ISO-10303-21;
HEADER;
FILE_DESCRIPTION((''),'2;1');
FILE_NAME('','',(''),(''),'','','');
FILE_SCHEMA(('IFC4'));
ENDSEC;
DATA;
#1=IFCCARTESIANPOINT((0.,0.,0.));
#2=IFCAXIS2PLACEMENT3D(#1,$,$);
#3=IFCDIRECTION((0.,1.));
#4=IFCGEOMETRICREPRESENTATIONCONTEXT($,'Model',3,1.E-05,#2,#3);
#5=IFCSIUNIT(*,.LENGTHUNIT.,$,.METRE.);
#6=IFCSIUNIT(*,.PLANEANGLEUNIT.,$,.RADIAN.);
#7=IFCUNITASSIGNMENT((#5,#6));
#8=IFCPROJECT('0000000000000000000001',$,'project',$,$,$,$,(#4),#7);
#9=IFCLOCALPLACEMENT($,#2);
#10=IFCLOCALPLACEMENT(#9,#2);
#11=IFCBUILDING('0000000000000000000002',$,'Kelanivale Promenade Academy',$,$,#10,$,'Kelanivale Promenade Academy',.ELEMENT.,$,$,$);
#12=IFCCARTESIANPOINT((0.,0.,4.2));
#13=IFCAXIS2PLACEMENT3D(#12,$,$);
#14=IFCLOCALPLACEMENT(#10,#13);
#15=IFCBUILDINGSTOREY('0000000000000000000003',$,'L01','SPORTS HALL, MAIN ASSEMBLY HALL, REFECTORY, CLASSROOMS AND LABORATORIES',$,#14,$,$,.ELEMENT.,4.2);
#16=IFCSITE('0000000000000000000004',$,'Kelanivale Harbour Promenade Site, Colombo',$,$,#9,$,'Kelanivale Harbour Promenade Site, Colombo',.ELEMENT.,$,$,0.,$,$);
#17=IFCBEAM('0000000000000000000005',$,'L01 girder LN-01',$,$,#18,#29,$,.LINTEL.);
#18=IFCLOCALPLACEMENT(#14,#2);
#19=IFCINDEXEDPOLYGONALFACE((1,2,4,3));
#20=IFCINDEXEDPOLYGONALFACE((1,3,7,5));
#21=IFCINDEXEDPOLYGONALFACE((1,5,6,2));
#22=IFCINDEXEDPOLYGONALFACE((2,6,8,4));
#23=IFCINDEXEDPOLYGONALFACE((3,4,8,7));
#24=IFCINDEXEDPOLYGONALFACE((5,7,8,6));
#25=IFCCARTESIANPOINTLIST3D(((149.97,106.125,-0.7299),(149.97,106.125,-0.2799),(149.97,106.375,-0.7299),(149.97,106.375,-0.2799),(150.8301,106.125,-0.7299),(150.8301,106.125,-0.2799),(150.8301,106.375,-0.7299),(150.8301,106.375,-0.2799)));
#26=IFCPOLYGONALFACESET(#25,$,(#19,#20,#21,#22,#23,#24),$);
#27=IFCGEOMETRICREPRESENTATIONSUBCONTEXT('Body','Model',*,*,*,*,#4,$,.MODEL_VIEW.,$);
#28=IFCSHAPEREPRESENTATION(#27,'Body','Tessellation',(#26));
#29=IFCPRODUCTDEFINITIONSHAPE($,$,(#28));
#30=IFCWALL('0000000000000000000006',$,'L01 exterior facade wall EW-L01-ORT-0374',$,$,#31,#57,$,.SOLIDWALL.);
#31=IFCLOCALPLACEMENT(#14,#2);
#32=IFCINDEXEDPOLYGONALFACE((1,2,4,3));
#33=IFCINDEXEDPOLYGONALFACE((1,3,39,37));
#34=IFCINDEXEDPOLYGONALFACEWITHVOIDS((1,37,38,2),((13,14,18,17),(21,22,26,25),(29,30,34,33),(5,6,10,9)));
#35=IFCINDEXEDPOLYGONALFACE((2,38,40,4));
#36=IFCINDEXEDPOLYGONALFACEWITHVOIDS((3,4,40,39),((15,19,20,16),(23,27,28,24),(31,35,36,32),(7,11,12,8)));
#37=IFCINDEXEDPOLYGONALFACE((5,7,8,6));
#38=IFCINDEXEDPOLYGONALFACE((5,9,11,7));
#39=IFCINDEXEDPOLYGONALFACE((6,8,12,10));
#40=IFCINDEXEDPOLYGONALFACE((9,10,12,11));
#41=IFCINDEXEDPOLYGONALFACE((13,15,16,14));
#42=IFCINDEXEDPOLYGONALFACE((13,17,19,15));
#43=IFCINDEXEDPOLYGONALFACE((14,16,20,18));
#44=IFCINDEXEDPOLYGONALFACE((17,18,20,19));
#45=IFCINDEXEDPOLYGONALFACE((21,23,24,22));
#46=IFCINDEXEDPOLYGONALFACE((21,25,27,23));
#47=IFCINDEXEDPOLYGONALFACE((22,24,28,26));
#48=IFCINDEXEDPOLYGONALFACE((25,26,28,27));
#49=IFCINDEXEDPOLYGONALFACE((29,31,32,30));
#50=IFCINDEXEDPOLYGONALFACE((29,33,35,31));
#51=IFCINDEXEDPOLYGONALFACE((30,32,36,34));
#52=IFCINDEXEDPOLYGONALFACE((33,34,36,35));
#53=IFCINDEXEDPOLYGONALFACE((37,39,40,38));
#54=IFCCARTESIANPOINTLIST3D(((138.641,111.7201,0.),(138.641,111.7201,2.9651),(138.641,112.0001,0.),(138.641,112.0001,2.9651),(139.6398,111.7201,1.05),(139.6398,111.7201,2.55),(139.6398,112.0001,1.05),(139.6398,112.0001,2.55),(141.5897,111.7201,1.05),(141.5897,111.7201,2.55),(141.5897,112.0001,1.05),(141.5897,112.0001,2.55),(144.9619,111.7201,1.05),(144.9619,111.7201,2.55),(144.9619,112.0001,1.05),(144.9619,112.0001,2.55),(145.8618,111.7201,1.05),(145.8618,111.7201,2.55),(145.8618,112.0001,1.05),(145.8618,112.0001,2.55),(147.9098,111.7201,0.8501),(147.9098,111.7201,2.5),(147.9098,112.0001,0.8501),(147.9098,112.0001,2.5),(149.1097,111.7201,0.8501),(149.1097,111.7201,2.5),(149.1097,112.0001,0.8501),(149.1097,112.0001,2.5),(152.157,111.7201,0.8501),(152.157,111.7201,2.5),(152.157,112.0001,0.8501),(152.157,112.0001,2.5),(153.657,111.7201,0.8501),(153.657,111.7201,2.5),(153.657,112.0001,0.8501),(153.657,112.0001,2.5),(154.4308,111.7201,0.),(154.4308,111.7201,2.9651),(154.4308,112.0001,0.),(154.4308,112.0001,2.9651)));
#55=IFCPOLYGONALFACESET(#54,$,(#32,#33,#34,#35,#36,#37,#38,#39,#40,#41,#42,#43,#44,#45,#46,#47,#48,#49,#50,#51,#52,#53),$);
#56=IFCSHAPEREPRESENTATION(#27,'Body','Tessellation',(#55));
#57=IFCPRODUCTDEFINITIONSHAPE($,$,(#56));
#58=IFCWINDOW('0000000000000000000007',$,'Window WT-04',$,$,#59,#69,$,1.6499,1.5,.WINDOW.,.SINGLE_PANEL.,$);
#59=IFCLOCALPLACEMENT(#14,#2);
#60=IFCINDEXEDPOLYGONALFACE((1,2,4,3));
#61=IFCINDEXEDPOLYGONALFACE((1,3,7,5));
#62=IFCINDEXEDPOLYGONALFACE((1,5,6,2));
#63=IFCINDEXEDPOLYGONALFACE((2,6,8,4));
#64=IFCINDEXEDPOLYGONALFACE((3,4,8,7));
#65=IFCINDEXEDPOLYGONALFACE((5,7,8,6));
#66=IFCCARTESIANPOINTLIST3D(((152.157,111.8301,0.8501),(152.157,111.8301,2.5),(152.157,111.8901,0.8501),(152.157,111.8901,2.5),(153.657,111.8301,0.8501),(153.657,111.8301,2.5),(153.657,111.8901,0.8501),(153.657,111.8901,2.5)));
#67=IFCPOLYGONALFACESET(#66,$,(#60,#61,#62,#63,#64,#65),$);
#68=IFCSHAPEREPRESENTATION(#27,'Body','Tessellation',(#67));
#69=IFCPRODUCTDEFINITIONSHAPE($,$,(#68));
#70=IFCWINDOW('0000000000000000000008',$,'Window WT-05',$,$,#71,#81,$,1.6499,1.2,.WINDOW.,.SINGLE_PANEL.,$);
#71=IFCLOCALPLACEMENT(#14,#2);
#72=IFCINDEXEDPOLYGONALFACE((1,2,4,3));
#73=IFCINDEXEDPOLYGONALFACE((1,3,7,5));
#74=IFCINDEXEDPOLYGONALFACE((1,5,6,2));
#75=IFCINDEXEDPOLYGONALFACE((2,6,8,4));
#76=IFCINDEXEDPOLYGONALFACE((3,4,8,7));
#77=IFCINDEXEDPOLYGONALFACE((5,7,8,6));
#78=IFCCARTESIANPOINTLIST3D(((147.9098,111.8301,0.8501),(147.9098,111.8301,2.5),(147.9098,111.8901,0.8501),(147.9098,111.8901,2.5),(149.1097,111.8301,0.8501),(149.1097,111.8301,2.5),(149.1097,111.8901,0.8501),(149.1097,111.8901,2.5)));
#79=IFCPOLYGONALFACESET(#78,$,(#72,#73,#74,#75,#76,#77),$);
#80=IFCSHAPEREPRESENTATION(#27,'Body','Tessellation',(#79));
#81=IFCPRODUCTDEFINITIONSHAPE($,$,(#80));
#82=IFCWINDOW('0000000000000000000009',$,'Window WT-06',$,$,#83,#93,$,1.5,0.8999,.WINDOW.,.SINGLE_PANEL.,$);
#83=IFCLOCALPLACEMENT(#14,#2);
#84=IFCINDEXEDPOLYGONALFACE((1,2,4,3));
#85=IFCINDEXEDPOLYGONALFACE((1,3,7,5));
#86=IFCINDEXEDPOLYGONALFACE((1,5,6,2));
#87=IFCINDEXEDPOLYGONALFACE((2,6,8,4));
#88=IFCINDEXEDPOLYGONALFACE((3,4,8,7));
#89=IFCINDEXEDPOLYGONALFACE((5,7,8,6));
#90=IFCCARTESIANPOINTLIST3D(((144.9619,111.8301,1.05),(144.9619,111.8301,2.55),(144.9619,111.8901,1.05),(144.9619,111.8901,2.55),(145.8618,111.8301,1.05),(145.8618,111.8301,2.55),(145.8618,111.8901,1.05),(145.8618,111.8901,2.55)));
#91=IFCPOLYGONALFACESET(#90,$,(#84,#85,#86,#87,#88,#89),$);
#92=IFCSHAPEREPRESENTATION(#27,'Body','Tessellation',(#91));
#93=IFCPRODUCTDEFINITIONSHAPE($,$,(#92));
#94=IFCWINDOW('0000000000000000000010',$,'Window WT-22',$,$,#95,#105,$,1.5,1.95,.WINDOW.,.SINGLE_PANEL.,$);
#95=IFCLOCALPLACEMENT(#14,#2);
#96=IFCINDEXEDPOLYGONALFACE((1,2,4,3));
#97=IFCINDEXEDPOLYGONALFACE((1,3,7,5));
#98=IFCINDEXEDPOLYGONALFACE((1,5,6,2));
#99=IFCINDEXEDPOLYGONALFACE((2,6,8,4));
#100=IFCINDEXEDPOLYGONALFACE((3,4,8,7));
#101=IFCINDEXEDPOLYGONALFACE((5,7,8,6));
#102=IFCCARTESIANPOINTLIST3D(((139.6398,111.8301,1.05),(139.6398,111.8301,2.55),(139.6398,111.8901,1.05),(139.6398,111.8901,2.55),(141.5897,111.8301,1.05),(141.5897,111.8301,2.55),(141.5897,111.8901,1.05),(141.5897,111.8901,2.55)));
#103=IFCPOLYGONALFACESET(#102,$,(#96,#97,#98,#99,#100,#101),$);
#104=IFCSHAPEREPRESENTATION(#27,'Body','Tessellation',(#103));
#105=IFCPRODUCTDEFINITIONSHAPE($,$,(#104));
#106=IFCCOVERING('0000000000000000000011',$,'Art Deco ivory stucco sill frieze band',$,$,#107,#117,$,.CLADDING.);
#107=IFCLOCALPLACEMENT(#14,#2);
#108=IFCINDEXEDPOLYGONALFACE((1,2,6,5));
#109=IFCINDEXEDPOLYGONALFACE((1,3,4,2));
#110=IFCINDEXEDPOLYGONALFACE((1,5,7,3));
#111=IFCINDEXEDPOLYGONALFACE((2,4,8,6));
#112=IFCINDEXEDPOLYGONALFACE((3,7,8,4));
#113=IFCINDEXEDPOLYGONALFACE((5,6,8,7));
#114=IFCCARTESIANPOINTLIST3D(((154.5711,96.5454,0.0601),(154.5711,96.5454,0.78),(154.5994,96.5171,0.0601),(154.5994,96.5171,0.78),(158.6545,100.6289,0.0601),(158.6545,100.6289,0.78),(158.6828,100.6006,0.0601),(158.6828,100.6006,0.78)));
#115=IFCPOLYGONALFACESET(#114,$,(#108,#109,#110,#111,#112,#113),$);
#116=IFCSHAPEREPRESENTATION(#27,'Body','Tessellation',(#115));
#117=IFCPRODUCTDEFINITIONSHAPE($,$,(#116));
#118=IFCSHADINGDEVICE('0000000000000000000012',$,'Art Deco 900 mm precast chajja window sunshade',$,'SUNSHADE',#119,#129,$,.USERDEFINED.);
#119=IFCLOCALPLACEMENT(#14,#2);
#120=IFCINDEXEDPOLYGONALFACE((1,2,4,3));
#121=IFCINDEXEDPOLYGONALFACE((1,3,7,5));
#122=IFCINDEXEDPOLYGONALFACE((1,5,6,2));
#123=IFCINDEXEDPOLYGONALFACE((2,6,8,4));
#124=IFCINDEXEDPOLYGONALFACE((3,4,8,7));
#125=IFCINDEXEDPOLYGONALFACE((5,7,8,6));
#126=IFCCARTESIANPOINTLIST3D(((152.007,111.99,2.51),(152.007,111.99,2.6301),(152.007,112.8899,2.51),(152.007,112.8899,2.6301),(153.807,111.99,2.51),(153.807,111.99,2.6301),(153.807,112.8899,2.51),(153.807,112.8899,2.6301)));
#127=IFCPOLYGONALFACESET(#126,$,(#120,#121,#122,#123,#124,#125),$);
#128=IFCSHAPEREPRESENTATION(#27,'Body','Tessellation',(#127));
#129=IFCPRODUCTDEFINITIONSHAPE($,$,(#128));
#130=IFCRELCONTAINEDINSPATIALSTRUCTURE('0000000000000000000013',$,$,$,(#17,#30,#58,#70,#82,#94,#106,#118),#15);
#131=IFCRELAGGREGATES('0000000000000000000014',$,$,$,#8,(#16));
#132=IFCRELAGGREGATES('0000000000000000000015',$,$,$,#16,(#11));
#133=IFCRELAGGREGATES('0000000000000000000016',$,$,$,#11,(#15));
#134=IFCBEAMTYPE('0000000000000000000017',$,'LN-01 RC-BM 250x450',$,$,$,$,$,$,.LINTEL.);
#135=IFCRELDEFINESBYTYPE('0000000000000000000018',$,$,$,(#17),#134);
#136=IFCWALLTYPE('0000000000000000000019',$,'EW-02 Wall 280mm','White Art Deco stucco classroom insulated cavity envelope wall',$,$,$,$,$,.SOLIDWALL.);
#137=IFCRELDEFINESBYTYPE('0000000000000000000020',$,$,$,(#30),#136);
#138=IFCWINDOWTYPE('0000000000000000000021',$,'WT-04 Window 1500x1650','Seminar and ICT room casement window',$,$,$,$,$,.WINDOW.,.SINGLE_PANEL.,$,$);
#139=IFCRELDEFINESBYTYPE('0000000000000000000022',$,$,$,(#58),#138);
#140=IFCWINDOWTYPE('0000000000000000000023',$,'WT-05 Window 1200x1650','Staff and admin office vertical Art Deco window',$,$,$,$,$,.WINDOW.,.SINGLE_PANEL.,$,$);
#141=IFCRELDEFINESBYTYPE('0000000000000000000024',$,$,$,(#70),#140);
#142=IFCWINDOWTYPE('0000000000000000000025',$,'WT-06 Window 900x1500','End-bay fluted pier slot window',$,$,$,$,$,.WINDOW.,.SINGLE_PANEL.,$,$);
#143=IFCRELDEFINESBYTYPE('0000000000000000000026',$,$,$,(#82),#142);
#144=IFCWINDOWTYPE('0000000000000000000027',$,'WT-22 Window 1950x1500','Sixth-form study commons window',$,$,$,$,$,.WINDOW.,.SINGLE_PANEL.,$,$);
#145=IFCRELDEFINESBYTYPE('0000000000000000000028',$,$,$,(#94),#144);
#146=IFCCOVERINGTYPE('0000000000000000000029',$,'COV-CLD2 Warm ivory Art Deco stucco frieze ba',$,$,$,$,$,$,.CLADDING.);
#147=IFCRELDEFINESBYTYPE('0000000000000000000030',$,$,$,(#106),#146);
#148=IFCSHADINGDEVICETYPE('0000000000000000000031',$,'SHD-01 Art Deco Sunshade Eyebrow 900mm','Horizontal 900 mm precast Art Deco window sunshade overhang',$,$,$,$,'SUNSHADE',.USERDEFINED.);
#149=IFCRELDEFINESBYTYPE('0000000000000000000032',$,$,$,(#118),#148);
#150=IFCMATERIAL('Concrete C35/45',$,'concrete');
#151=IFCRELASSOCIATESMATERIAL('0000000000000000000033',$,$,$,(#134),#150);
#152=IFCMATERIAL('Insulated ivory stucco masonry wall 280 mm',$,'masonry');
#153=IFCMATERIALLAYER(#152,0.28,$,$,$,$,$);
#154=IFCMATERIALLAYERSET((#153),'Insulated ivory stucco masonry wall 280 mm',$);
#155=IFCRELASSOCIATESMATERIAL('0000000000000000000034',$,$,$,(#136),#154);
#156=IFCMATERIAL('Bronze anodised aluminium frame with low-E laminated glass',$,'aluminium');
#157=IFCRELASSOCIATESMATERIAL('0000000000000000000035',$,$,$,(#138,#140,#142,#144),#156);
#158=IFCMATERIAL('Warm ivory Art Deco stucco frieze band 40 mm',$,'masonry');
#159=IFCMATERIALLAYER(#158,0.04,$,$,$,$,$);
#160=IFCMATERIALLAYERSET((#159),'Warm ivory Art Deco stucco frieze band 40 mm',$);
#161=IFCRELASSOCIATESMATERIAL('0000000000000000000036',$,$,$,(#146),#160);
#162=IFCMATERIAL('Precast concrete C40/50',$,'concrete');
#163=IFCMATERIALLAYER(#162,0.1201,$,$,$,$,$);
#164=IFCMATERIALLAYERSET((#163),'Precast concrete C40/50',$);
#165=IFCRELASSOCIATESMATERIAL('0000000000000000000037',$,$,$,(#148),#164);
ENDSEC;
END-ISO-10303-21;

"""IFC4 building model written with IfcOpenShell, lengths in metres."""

from ifc_helpers import new_model, si_unit, direction, frame, frame_2d, origin, origin_2d, place, context, subcontext, project, spatial, rectangle, extrude, material, layer, layer_set, material_profile, profile_set, type_object, element, fill, save


model = new_model("IFC4")

# Units and contexts
model_context = context("Model", 3, precision=1e-05, world=origin(), true_north=direction((0.0, 1.0)))
body_context = subcontext(model_context, "Body", "Model", "MODEL_VIEW")
ifc_project = project(units=[si_unit("LENGTHUNIT", "METRE"), si_unit("PLANEANGLEUNIT", "RADIAN")], contexts=[model_context])

# Site, building, storey
site_placement = place(None, origin())
site = spatial("IfcSite", under=ifc_project, at=site_placement, Name="Kelanivale Harbour Promenade Site, Colombo", LongName="Kelanivale Harbour Promenade Site, Colombo", CompositionType="ELEMENT", RefElevation=0.0)
building_placement = place(site_placement, origin())
building = spatial("IfcBuilding", under=site, at=building_placement, Name="Kelanivale Promenade Academy", LongName="Kelanivale Promenade Academy", CompositionType="ELEMENT")
storey_placement = place(building_placement, frame((0.0, 0.0, 4.2)))
storey = spatial("IfcBuildingStorey", under=building, at=storey_placement, Name="L01", Description="SPORTS HALL, MAIN ASSEMBLY HALL, REFECTORY, CLASSROOMS AND LABORATORIES", CompositionType="ELEMENT", Elevation=4.2)

# Beam
ifc_material_1 = material(Name="Concrete C35/45", Category="concrete")
ifc_material_profile_1 = material_profile(ifc_material_1, rectangle(XDim=0.25, YDim=0.45, at=origin_2d()), Name="RC-BM 250x450")
ifc_profile_set_1 = profile_set([ifc_material_profile_1], Name="Concrete C35/45")
beam_type_1 = type_object("IfcBeamType", Name="LN-01 RC-BM 250x450", PredefinedType="LINTEL", material=ifc_profile_set_1)
beam_1_placement = place(storey_placement, frame((149.97, 106.25, -0.5049), z_axis=(1.0, 0.0, 0.0), x_axis=(0.0, 1.0, 0.0)))
element("IfcBeam", 1, at=beam_1_placement, inside=storey, type_object=beam_type_1, Name="L01 girder LN-01", PredefinedType="LINTEL", context=body_context, shape_type="SweptSolid", body=[
    extrude(rectangle(XDim=0.25, YDim=0.45, at=origin_2d()), origin(), (0.0, 0.0, 1.0), 0.8601),
])

# Wall, openings, windows
ifc_material_2 = material(Name="Insulated ivory stucco masonry wall 280 mm", Category="masonry")
ifc_layer_1 = layer(ifc_material_2, 0.28)
ifc_layer_set_1 = layer_set([ifc_layer_1], Name="Insulated ivory stucco masonry wall 280 mm")
wall_type = type_object("IfcWallType", Name="EW-02 Wall 280mm", Description="White Art Deco stucco classroom insulated cavity envelope wall", PredefinedType="SOLIDWALL", material=ifc_layer_set_1)
wall_placement = place(storey_placement, frame((154.4309, 111.8601, 0.0), z_axis=(0.0, 0.0, 1.0), x_axis=(-1.0, 0.0, 0.0)))
wall = element("IfcWall", 2, at=wall_placement, inside=storey, type_object=wall_type, Name="L01 exterior facade wall EW-L01-ORT-0374", PredefinedType="SOLIDWALL", context=body_context, shape_type="SweptSolid", body=[
    extrude(rectangle(XDim=15.7898, YDim=0.28, at=frame_2d((7.895, 0.0))), origin(), (0.0, 0.0, 1.0), 2.9651),
])
opening_1_placement = place(wall_placement, frame((0.7739, 0.0, 0.8501)))
opening_1 = element("IfcOpeningElement", 3, at=opening_1_placement, cuts=wall, PredefinedType="OPENING", context=body_context, shape_type="SweptSolid", body=[
    extrude(rectangle(XDim=1.5, YDim=1.6499, at=frame_2d((0.75, 0.825))), frame((0.0, 0.1499, 0.0), z_axis=(0.0, -1.0, 0.0), x_axis=(1.0, 0.0, 0.0)), (0.0, 0.0, 1.0), 0.3),
])
opening_2_placement = place(wall_placement, frame((5.321, 0.0, 0.8501)))
opening_2 = element("IfcOpeningElement", 4, at=opening_2_placement, cuts=wall, PredefinedType="OPENING", context=body_context, shape_type="SweptSolid", body=[
    extrude(rectangle(XDim=1.2, YDim=1.6499, at=frame_2d((0.6001, 0.825))), frame((0.0, 0.1499, 0.0), z_axis=(0.0, -1.0, 0.0), x_axis=(1.0, 0.0, 0.0)), (0.0, 0.0, 1.0), 0.3),
])
opening_3_placement = place(wall_placement, frame((8.5691, 0.0, 1.05)))
opening_3 = element("IfcOpeningElement", 5, at=opening_3_placement, cuts=wall, PredefinedType="OPENING", context=body_context, shape_type="SweptSolid", body=[
    extrude(rectangle(XDim=0.8999, YDim=1.5, at=frame_2d((0.45, 0.75))), frame((0.0, 0.1499, 0.0), z_axis=(0.0, -1.0, 0.0), x_axis=(1.0, 0.0, 0.0)), (0.0, 0.0, 1.0), 0.3),
])
opening_4_placement = place(wall_placement, frame((12.8411, 0.0, 1.05)))
opening_4 = element("IfcOpeningElement", 6, at=opening_4_placement, cuts=wall, PredefinedType="OPENING", context=body_context, shape_type="SweptSolid", body=[
    extrude(rectangle(XDim=1.95, YDim=1.5, at=frame_2d((0.9751, 0.75))), frame((0.0, 0.1499, 0.0), z_axis=(0.0, -1.0, 0.0), x_axis=(1.0, 0.0, 0.0)), (0.0, 0.0, 1.0), 0.3),
])
ifc_material_3 = material(Name="Bronze anodised aluminium frame with low-E laminated glass", Category="aluminium")
window_type_1 = type_object("IfcWindowType", Name="WT-04 Window 1500x1650", Description="Seminar and ICT room casement window", PartitioningType="SINGLE_PANEL", PredefinedType="WINDOW", material=ifc_material_3)
window_1_placement = place(opening_1_placement, origin())
window_1 = element("IfcWindow", 7, at=window_1_placement, inside=storey, type_object=window_type_1, Name="Window WT-04", OverallHeight=1.6499, OverallWidth=1.5, PartitioningType="SINGLE_PANEL", PredefinedType="WINDOW", context=body_context, shape_type="SweptSolid", body=[
    extrude(rectangle(XDim=1.5, YDim=1.6499, at=frame_2d((0.75, 0.825))), frame((0.0, 0.03, 0.0), z_axis=(0.0, -1.0, 0.0), x_axis=(1.0, 0.0, 0.0)), (0.0, 0.0, 1.0), 0.0601),
])
fill(opening_1, window_1)
window_type_2 = type_object("IfcWindowType", Name="WT-05 Window 1200x1650", Description="Staff and admin office vertical Art Deco window", PartitioningType="SINGLE_PANEL", PredefinedType="WINDOW", material=ifc_material_3)
window_2_placement = place(opening_2_placement, origin())
window_2 = element("IfcWindow", 8, at=window_2_placement, inside=storey, type_object=window_type_2, Name="Window WT-05", OverallHeight=1.6499, OverallWidth=1.2, PartitioningType="SINGLE_PANEL", PredefinedType="WINDOW", context=body_context, shape_type="SweptSolid", body=[
    extrude(rectangle(XDim=1.2, YDim=1.6499, at=frame_2d((0.6001, 0.825))), frame((0.0, 0.03, 0.0), z_axis=(0.0, -1.0, 0.0), x_axis=(1.0, 0.0, 0.0)), (0.0, 0.0, 1.0), 0.0601),
])
fill(opening_2, window_2)
window_type_3 = type_object("IfcWindowType", Name="WT-06 Window 900x1500", Description="End-bay fluted pier slot window", PartitioningType="SINGLE_PANEL", PredefinedType="WINDOW", material=ifc_material_3)
window_3_placement = place(opening_3_placement, origin())
window_3 = element("IfcWindow", 9, at=window_3_placement, inside=storey, type_object=window_type_3, Name="Window WT-06", OverallHeight=1.5, OverallWidth=0.8999, PartitioningType="SINGLE_PANEL", PredefinedType="WINDOW", context=body_context, shape_type="SweptSolid", body=[
    extrude(rectangle(XDim=0.8999, YDim=1.5, at=frame_2d((0.45, 0.75))), frame((0.0, 0.03, 0.0), z_axis=(0.0, -1.0, 0.0), x_axis=(1.0, 0.0, 0.0)), (0.0, 0.0, 1.0), 0.0601),
])
fill(opening_3, window_3)
window_type_4 = type_object("IfcWindowType", Name="WT-22 Window 1950x1500", Description="Sixth-form study commons window", PartitioningType="SINGLE_PANEL", PredefinedType="WINDOW", material=ifc_material_3)
window_4_placement = place(opening_4_placement, origin())
window_4 = element("IfcWindow", 10, at=window_4_placement, inside=storey, type_object=window_type_4, Name="Window WT-22", OverallHeight=1.5, OverallWidth=1.95, PartitioningType="SINGLE_PANEL", PredefinedType="WINDOW", context=body_context, shape_type="SweptSolid", body=[
    extrude(rectangle(XDim=1.95, YDim=1.5, at=frame_2d((0.9751, 0.75))), frame((0.0, 0.03, 0.0), z_axis=(0.0, -1.0, 0.0), x_axis=(1.0, 0.0, 0.0)), (0.0, 0.0, 1.0), 0.0601),
])
fill(opening_4, window_4)

# Covering
ifc_material_4 = material(Name="Warm ivory Art Deco stucco frieze band 40 mm", Category="masonry")
ifc_layer_2 = layer(ifc_material_4, 0.04)
ifc_layer_set_2 = layer_set([ifc_layer_2], Name="Warm ivory Art Deco stucco frieze band 40 mm")
covering_type = type_object("IfcCoveringType", Name="COV-CLD2 Warm ivory Art Deco stucco frieze ba", PredefinedType="CLADDING", material=ifc_layer_set_2)
covering_placement = place(storey_placement, frame((156.627, 98.573, 0.0601), z_axis=(0.0, 0.0, 1.0), x_axis=(0.707107, 0.707107, 0.0)))
element("IfcCovering", 11, at=covering_placement, inside=storey, type_object=covering_type, Name="Art Deco ivory stucco sill frieze band", PredefinedType="CLADDING", context=body_context, shape_type="SweptSolid", body=[
    extrude(rectangle(XDim=5.7749, YDim=0.04, at=origin_2d()), origin(), (0.0, 0.0, 1.0), 0.72),
])

# Shading device
ifc_material_5 = material(Name="Precast concrete C40/50", Category="concrete")
ifc_layer_3 = layer(ifc_material_5, 0.1201)
ifc_layer_set_3 = layer_set([ifc_layer_3], Name="Precast concrete C40/50")
shading_device_type = type_object("IfcShadingDeviceType", Name="SHD-01 Art Deco Sunshade Eyebrow 900mm", Description="Horizontal 900 mm precast Art Deco window sunshade overhang", ElementType="SUNSHADE", PredefinedType="USERDEFINED", material=ifc_layer_set_3)
shading_device_placement = place(storey_placement, frame((152.907, 112.4399, 2.51), z_axis=(0.0, 0.0, 1.0), x_axis=(-1.0, 0.0, 0.0)))
element("IfcShadingDevice", 12, at=shading_device_placement, inside=storey, type_object=shading_device_type, Name="Art Deco 900 mm precast chajja window sunshade", ObjectType="SUNSHADE", PredefinedType="USERDEFINED", context=body_context, shape_type="SweptSolid", body=[
    extrude(rectangle(XDim=1.8, YDim=0.8999, at=origin_2d()), origin(), (0.0, 0.0, 1.0), 0.1201),
])

save(model, "model.ifc")
